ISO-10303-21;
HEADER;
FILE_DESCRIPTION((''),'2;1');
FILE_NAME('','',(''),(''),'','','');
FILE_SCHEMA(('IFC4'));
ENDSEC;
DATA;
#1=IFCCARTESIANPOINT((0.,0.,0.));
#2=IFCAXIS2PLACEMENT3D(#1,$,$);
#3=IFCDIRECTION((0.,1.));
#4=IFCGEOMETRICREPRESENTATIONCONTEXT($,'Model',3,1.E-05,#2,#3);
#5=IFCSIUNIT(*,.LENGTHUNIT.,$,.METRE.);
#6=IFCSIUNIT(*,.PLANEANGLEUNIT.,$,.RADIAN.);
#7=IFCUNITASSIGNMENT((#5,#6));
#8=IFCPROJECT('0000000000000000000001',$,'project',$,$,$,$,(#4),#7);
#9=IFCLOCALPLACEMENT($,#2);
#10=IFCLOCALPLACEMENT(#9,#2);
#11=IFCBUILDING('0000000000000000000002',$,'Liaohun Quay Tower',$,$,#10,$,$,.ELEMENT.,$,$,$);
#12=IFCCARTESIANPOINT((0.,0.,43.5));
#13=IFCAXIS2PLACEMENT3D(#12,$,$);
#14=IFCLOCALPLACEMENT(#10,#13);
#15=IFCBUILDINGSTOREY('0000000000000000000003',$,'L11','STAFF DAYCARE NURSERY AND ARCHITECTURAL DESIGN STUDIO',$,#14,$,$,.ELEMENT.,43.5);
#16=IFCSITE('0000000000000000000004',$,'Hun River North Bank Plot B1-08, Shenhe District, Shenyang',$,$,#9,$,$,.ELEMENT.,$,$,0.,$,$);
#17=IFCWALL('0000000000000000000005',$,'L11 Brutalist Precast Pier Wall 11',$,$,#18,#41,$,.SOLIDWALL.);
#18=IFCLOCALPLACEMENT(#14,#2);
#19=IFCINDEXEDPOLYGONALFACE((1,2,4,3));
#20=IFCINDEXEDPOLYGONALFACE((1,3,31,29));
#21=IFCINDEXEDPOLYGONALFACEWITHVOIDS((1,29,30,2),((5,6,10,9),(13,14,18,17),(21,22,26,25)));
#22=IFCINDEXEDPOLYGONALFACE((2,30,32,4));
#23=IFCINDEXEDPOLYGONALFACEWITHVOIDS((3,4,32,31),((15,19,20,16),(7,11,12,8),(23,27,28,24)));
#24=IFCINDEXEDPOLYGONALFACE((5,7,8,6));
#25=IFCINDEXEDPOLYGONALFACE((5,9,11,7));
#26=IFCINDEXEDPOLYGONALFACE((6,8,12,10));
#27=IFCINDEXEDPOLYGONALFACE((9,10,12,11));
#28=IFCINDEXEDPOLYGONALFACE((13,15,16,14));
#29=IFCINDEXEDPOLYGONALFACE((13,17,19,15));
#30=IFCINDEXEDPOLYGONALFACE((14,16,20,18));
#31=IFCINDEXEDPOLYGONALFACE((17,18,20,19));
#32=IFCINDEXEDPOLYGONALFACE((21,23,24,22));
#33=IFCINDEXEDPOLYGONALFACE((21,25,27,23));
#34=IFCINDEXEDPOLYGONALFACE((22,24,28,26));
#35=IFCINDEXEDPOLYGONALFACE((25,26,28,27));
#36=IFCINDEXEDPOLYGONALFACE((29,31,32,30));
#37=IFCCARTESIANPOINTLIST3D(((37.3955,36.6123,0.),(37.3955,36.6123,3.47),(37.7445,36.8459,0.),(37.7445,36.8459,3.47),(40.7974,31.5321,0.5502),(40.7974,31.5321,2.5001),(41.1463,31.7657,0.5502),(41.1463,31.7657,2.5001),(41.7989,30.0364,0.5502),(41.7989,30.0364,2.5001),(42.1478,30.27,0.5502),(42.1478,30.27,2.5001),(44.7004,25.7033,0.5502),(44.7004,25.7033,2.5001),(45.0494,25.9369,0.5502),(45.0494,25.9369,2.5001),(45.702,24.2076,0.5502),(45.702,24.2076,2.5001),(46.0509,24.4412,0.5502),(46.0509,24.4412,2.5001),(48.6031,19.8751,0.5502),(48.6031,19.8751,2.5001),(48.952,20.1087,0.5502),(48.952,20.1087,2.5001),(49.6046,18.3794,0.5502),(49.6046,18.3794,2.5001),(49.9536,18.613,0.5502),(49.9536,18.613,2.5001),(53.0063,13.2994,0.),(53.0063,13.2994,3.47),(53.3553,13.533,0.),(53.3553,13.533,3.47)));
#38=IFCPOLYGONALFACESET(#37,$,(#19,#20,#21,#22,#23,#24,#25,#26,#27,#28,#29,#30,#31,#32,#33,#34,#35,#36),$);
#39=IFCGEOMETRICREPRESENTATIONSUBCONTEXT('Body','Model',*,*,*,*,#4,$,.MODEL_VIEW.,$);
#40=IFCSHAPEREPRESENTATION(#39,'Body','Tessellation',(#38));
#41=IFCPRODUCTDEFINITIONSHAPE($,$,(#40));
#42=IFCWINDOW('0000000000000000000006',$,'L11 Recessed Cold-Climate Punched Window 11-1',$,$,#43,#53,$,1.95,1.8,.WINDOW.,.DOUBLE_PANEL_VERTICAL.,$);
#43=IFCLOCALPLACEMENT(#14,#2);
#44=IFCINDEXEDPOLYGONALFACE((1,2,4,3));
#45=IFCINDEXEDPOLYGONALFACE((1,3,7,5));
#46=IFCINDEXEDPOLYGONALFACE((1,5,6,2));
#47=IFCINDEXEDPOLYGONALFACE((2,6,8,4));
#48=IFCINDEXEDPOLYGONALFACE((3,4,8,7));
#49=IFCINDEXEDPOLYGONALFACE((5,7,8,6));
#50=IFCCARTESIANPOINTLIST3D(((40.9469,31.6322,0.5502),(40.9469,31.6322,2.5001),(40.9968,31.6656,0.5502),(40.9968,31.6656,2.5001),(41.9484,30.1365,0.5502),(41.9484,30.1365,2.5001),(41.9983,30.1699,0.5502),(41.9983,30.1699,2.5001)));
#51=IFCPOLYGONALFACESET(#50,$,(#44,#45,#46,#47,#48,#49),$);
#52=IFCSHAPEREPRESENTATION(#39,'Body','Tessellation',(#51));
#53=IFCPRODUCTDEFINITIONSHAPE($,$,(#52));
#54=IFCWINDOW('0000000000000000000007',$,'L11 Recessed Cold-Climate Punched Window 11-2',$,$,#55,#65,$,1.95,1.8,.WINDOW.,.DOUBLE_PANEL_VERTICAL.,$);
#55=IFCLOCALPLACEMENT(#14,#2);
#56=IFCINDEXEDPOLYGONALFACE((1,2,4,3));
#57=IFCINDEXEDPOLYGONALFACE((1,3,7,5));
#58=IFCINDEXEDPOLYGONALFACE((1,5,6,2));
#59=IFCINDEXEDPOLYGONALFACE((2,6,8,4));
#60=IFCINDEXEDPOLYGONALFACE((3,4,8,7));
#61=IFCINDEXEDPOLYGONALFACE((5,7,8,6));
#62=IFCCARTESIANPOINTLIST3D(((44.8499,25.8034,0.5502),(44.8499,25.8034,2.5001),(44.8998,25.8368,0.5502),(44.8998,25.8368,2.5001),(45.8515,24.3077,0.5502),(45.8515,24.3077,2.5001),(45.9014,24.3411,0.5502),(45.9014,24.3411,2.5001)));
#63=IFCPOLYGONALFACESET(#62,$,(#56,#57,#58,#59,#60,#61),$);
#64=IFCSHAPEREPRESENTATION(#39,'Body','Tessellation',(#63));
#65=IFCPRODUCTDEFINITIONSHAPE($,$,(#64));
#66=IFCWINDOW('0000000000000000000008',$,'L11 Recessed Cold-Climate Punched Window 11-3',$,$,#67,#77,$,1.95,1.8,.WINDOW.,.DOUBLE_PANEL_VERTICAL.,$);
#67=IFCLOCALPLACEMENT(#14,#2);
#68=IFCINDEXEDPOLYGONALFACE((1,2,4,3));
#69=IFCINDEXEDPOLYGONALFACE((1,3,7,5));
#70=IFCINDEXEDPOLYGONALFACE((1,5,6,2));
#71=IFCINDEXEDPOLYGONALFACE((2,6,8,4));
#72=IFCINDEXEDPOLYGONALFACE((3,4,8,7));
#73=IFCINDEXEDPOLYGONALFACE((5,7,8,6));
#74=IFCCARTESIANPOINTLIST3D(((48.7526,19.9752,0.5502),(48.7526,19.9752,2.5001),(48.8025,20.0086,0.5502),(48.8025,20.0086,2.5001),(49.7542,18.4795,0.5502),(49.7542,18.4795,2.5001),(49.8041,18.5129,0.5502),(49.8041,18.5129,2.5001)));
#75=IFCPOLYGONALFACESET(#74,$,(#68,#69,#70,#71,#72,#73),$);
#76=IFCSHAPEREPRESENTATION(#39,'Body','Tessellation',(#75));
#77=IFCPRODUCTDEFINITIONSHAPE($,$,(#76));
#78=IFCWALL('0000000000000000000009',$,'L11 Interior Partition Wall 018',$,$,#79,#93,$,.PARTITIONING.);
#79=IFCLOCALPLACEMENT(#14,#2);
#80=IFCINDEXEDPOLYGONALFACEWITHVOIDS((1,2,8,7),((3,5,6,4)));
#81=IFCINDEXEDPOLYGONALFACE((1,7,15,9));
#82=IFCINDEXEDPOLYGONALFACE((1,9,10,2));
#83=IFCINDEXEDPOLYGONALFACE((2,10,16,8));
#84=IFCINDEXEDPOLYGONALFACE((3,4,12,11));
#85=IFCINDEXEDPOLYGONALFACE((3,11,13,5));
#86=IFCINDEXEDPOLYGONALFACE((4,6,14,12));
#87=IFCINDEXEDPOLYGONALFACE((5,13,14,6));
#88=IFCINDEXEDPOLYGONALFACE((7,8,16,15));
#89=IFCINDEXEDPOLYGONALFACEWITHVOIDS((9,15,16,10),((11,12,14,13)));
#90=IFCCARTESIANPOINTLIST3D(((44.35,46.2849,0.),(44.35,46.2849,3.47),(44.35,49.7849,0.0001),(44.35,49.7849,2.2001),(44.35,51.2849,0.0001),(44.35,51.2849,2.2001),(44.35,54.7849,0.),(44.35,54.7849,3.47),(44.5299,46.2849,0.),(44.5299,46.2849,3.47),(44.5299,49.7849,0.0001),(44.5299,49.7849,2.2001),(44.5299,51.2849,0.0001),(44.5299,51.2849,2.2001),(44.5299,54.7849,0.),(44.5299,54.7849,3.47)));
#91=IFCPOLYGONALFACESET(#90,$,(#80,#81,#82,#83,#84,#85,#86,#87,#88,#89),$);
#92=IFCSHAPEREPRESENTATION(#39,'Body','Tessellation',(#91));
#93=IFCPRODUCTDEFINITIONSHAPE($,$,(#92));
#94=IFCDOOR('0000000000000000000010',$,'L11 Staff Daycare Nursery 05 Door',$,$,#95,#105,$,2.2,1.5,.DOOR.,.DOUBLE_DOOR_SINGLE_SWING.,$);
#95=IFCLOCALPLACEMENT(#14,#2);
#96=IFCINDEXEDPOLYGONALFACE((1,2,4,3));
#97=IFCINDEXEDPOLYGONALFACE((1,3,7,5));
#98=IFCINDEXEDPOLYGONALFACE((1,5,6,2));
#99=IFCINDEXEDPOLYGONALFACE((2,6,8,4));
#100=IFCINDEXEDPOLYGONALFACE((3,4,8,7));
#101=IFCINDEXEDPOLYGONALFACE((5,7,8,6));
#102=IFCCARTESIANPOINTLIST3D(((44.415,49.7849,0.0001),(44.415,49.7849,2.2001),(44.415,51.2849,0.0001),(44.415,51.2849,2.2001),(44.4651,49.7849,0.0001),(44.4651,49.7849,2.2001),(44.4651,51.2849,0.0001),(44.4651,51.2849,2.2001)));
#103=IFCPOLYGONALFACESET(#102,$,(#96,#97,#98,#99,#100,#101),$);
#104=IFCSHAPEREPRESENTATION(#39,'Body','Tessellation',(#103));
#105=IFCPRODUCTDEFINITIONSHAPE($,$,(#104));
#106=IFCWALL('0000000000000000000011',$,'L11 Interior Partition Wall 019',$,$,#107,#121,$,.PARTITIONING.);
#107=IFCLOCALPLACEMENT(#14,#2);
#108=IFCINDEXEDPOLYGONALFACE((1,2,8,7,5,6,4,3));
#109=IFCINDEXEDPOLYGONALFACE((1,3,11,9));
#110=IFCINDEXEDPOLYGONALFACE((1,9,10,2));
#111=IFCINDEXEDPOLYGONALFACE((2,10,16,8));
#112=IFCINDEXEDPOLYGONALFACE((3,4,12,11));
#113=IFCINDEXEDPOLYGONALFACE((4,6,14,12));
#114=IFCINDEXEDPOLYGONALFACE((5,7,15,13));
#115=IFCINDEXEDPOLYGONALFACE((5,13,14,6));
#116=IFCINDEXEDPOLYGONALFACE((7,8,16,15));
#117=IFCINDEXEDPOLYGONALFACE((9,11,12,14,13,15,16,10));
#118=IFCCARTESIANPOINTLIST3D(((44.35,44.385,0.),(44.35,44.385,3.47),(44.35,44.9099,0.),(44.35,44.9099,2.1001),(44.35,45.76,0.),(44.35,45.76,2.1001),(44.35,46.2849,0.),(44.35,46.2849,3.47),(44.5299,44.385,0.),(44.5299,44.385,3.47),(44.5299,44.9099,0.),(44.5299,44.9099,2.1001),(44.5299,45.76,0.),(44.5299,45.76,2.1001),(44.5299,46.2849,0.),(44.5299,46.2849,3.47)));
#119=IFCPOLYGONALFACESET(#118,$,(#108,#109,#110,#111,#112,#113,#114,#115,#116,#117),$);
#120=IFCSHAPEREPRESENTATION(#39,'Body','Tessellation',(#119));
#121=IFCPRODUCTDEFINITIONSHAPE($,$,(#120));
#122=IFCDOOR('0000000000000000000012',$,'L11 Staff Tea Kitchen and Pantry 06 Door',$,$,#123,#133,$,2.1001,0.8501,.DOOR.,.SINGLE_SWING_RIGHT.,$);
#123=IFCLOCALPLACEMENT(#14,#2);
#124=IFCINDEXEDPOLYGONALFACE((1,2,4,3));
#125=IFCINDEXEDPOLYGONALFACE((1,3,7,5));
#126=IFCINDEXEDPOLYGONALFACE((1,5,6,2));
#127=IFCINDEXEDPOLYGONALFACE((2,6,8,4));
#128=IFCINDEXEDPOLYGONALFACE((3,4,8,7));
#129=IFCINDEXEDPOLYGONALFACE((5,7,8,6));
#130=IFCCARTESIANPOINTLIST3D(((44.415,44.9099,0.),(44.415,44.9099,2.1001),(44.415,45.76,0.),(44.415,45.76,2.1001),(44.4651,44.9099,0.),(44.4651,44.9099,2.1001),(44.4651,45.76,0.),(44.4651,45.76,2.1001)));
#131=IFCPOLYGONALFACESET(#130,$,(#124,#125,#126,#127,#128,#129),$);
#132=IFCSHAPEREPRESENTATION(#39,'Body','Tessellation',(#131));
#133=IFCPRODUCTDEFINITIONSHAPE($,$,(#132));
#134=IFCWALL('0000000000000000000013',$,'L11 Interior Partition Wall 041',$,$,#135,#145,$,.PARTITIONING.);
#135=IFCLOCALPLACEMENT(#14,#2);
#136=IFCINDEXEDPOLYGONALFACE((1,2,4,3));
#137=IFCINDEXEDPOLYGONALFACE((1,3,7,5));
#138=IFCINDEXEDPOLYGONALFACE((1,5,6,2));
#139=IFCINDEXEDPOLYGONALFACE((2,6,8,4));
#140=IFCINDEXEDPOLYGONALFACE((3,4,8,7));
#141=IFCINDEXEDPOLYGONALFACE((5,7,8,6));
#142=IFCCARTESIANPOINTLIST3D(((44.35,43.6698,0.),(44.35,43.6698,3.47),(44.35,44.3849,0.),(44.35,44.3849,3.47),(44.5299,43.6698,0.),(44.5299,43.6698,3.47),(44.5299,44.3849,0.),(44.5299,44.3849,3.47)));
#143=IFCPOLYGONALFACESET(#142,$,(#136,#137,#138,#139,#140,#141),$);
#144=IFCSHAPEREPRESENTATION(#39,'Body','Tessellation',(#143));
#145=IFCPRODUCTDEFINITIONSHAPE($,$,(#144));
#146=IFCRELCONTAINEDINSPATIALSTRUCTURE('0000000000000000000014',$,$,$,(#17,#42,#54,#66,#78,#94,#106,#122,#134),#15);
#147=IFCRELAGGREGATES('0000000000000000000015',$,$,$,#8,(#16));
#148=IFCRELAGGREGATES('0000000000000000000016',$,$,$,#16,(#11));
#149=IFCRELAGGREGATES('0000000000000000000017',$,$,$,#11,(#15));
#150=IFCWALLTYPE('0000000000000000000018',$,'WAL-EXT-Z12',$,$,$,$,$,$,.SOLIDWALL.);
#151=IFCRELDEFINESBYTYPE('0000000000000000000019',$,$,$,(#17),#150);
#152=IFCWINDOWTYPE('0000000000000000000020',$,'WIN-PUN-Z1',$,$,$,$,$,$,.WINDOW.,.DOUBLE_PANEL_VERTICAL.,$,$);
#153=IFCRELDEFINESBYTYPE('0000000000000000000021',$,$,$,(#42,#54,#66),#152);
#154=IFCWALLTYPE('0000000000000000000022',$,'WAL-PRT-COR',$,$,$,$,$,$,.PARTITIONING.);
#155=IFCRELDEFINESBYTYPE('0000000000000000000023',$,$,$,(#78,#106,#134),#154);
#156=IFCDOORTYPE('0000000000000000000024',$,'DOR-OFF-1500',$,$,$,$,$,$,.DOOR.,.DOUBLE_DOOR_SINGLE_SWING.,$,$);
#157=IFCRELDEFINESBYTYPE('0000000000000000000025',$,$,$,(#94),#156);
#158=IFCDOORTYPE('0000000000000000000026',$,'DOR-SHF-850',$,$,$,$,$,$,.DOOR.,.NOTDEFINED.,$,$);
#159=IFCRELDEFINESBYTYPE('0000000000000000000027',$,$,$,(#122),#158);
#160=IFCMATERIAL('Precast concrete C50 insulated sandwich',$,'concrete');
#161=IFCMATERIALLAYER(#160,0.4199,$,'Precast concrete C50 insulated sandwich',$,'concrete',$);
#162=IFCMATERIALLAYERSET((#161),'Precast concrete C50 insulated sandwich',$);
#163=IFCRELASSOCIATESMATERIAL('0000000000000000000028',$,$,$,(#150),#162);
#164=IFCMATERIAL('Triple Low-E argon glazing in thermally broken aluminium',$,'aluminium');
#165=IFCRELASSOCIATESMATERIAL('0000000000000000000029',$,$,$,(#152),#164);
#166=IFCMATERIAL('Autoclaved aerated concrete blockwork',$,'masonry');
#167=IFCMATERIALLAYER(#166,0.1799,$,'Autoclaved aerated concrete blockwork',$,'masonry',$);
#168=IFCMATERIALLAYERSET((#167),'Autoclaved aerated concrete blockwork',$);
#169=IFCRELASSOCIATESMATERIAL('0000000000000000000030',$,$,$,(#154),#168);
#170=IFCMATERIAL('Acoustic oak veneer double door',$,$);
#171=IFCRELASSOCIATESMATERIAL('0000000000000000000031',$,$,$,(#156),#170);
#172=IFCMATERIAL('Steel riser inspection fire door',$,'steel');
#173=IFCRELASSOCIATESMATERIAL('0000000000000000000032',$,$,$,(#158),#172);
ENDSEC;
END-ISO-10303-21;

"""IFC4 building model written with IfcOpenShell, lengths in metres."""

from ifc_helpers import new_model, si_unit, direction, frame, frame_2d, origin, place, context, subcontext, project, spatial, rectangle, extrude, source, transform, mapped, material, layer, layer_set, type_object, element, fill, save


model = new_model("IFC4")

# Units and contexts
model_context = context("Model", 3, precision=1e-05, world=origin(), true_north=direction((0.0, 1.0)))
body_context = subcontext(model_context, "Body", "Model", "MODEL_VIEW")
ifc_project = project(units=[si_unit("LENGTHUNIT", "METRE"), si_unit("PLANEANGLEUNIT", "RADIAN")], contexts=[model_context])

# Site, building, storey
site_placement = place(None, origin())
site = spatial("IfcSite", under=ifc_project, at=site_placement, Name="Hun River North Bank Plot B1-08, Shenhe District, Shenyang", CompositionType="ELEMENT", RefElevation=0.0)
building_placement = place(site_placement, origin())
building = spatial("IfcBuilding", under=site, at=building_placement, Name="Liaohun Quay Tower", CompositionType="ELEMENT")
storey_placement = place(building_placement, frame((0.0, 0.0, 43.5)))
storey = spatial("IfcBuildingStorey", under=building, at=storey_placement, Name="L11", Description="STAFF DAYCARE NURSERY AND ARCHITECTURAL DESIGN STUDIO", CompositionType="ELEMENT", Elevation=43.5)

# Wall, openings, windows
ifc_material_1 = material(Name="Precast concrete C50 insulated sandwich", Category="concrete")
ifc_layer_1 = layer(ifc_material_1, 0.4199, Name="Precast concrete C50 insulated sandwich", Category="concrete")
ifc_layer_set_1 = layer_set([ifc_layer_1], Name="Precast concrete C50 insulated sandwich")
wall_type_1 = type_object("IfcWallType", Name="WAL-EXT-Z12", PredefinedType="SOLIDWALL", material=ifc_layer_set_1)
wall_1_placement = place(storey_placement, frame((37.5701, 36.729, 0.0), z_axis=(0.0, 0.0, 1.0), x_axis=(0.556398, -0.830916, 0.0)))
wall_1 = element("IfcWall", 1, at=wall_1_placement, inside=storey, type_object=wall_type_1, Name="L11 Brutalist Precast Pier Wall 11", PredefinedType="SOLIDWALL", context=body_context, shape_type="SweptSolid", body=[
    extrude(rectangle(XDim=28.0569, YDim=0.4199, at=frame_2d((14.0283, 0.0))), origin(), (0.0, 0.0, 1.0), 3.47),
])
shared_shape_1 = source(origin(), body_context, "Body", "SweptSolid", [
    extrude(rectangle(XDim=1.8, YDim=1.95, at=frame_2d((0.8999, 0.9751))), frame((0.0, 0.22, 0.0), z_axis=(0.0, -1.0, 0.0), x_axis=(1.0, 0.0, 0.0)), (0.0, 0.0, 1.0), 0.4399),
])
opening_1_placement = place(wall_1_placement, frame((6.114, 0.0, 0.55)))
opening_1 = element("IfcOpeningElement", 2, at=opening_1_placement, cuts=wall_1, PredefinedType="OPENING", context=body_context, shape_type="MappedRepresentation", body=[
    mapped(shared_shape_1, transform((0.0, 0.0, 0.0), x_axis=(1.0, 0.0, 0.0), y_axis=(0.0, 1.0, 0.0), z_axis=(0.0, 0.0, 1.0), scale=1.0)),
])
opening_2_placement = place(wall_1_placement, frame((13.1289, 0.0, 0.55)))
opening_2 = element("IfcOpeningElement", 3, at=opening_2_placement, cuts=wall_1, PredefinedType="OPENING", context=body_context, shape_type="MappedRepresentation", body=[
    mapped(shared_shape_1, transform((0.0, 0.0, 0.0), x_axis=(1.0, 0.0, 0.0), y_axis=(0.0, 1.0, 0.0), z_axis=(0.0, 0.0, 1.0), scale=1.0)),
])
opening_3_placement = place(wall_1_placement, frame((20.1431, 0.0, 0.55)))
opening_3 = element("IfcOpeningElement", 4, at=opening_3_placement, cuts=wall_1, PredefinedType="OPENING", context=body_context, shape_type="MappedRepresentation", body=[
    mapped(shared_shape_1, transform((0.0, 0.0, 0.0), x_axis=(1.0, 0.0, 0.0), y_axis=(0.0, 1.0, 0.0), z_axis=(0.0, 0.0, 1.0), scale=1.0)),
])
ifc_material_2 = material(Name="Triple Low-E argon glazing in thermally broken aluminium", Category="aluminium")
window_type = type_object("IfcWindowType", Name="WIN-PUN-Z1", PartitioningType="DOUBLE_PANEL_VERTICAL", PredefinedType="WINDOW", material=ifc_material_2)
shared_shape_2 = source(origin(), body_context, "Body", "SweptSolid", [
    extrude(rectangle(XDim=1.8, YDim=1.95, at=frame_2d((0.8999, 0.9751))), frame((0.0, 0.03, 0.0), z_axis=(0.0, -1.0, 0.0), x_axis=(1.0, 0.0, 0.0)), (0.0, 0.0, 1.0), 0.0601),
])
window_1_placement = place(opening_1_placement, origin())
window_1 = element("IfcWindow", 5, at=window_1_placement, inside=storey, type_object=window_type, Name="L11 Recessed Cold-Climate Punched Window 11-1", OverallHeight=1.95, OverallWidth=1.8, PartitioningType="DOUBLE_PANEL_VERTICAL", PredefinedType="WINDOW", context=body_context, shape_type="MappedRepresentation", body=[
    mapped(shared_shape_2, transform((0.0, 0.0, 0.0), x_axis=(1.0, 0.0, 0.0), y_axis=(0.0, 1.0, 0.0), z_axis=(0.0, 0.0, 1.0), scale=1.0)),
])
fill(opening_1, window_1)
window_2_placement = place(opening_2_placement, origin())
window_2 = element("IfcWindow", 6, at=window_2_placement, inside=storey, type_object=window_type, Name="L11 Recessed Cold-Climate Punched Window 11-2", OverallHeight=1.95, OverallWidth=1.8, PartitioningType="DOUBLE_PANEL_VERTICAL", PredefinedType="WINDOW", context=body_context, shape_type="MappedRepresentation", body=[
    mapped(shared_shape_2, transform((0.0, 0.0, 0.0), x_axis=(1.0, 0.0, 0.0), y_axis=(0.0, 1.0, 0.0), z_axis=(0.0, 0.0, 1.0), scale=1.0)),
])
fill(opening_2, window_2)
window_3_placement = place(opening_3_placement, origin())
window_3 = element("IfcWindow", 7, at=window_3_placement, inside=storey, type_object=window_type, Name="L11 Recessed Cold-Climate Punched Window 11-3", OverallHeight=1.95, OverallWidth=1.8, PartitioningType="DOUBLE_PANEL_VERTICAL", PredefinedType="WINDOW", context=body_context, shape_type="MappedRepresentation", body=[
    mapped(shared_shape_2, transform((0.0, 0.0, 0.0), x_axis=(1.0, 0.0, 0.0), y_axis=(0.0, 1.0, 0.0), z_axis=(0.0, 0.0, 1.0), scale=1.0)),
])
fill(opening_3, window_3)

# Walls, openings, doors
ifc_material_3 = material(Name="Autoclaved aerated concrete blockwork", Category="masonry")
ifc_layer_2 = layer(ifc_material_3, 0.1799, Name="Autoclaved aerated concrete blockwork", Category="masonry")
ifc_layer_set_2 = layer_set([ifc_layer_2], Name="Autoclaved aerated concrete blockwork")
wall_type_2 = type_object("IfcWallType", Name="WAL-PRT-COR", PredefinedType="PARTITIONING", material=ifc_layer_set_2)
wall_2_placement = place(storey_placement, frame((44.4399, 46.2849, 0.0), z_axis=(0.0, 0.0, 1.0), x_axis=(0.0, 1.0, 0.0)))
wall_2 = element("IfcWall", 8, at=wall_2_placement, inside=storey, type_object=wall_type_2, Name="L11 Interior Partition Wall 018", PredefinedType="PARTITIONING", context=body_context, shape_type="SweptSolid", body=[
    extrude(rectangle(XDim=8.5, YDim=0.1799, at=frame_2d((4.25, 0.0))), origin(), (0.0, 0.0, 1.0), 3.47),
])
shared_shape_3 = source(origin(), body_context, "Body", "SweptSolid", [
    extrude(rectangle(XDim=1.5, YDim=2.2, at=frame_2d((0.75, 1.1001))), frame((0.0, 0.0999, 0.0), z_axis=(0.0, -1.0, 0.0), x_axis=(1.0, 0.0, 0.0)), (0.0, 0.0, 1.0), 0.2),
])
opening_4_placement = place(wall_2_placement, frame((3.5, 0.0, 0.0)))
opening_4 = element("IfcOpeningElement", 9, at=opening_4_placement, cuts=wall_2, PredefinedType="OPENING", context=body_context, shape_type="MappedRepresentation", body=[
    mapped(shared_shape_3, transform((0.0, 0.0, 0.0), x_axis=(1.0, 0.0, 0.0), y_axis=(0.0, 1.0, 0.0), z_axis=(0.0, 0.0, 1.0), scale=1.0)),
])
ifc_material_4 = material(Name="Acoustic oak veneer double door")
door_type_1 = type_object("IfcDoorType", Name="DOR-OFF-1500", OperationType="DOUBLE_DOOR_SINGLE_SWING", PredefinedType="DOOR", material=ifc_material_4)
shared_shape_4 = source(origin(), body_context, "Body", "SweptSolid", [
    extrude(rectangle(XDim=1.5, YDim=2.2, at=frame_2d((0.75, 1.1001))), frame((0.0, 0.0249, 0.0), z_axis=(0.0, -1.0, 0.0), x_axis=(1.0, 0.0, 0.0)), (0.0, 0.0, 1.0), 0.05),
])
door_1_placement = place(opening_4_placement, origin())
door_1 = element("IfcDoor", 10, at=door_1_placement, inside=storey, type_object=door_type_1, Name="L11 Staff Daycare Nursery 05 Door", OperationType="DOUBLE_DOOR_SINGLE_SWING", OverallHeight=2.2, OverallWidth=1.5, PredefinedType="DOOR", context=body_context, shape_type="MappedRepresentation", body=[
    mapped(shared_shape_4, transform((0.0, 0.0, 0.0), x_axis=(1.0, 0.0, 0.0), y_axis=(0.0, 1.0, 0.0), z_axis=(0.0, 0.0, 1.0), scale=1.0)),
])
fill(opening_4, door_1)
wall_3_placement = place(storey_placement, frame((44.4399, 44.385, 0.0), z_axis=(0.0, 0.0, 1.0), x_axis=(0.0, 1.0, 0.0)))
wall_3 = element("IfcWall", 11, at=wall_3_placement, inside=storey, type_object=wall_type_2, Name="L11 Interior Partition Wall 019", PredefinedType="PARTITIONING", context=body_context, shape_type="SweptSolid", body=[
    extrude(rectangle(XDim=1.8999, YDim=0.1799, at=frame_2d((0.95, 0.0))), origin(), (0.0, 0.0, 1.0), 3.47),
])
shared_shape_5 = source(origin(), body_context, "Body", "SweptSolid", [
    extrude(rectangle(XDim=0.8501, YDim=2.1001, at=frame_2d((0.425, 1.05))), frame((0.0, 0.0999, 0.0), z_axis=(0.0, -1.0, 0.0), x_axis=(1.0, 0.0, 0.0)), (0.0, 0.0, 1.0), 0.2),
])
opening_5_placement = place(wall_3_placement, frame((0.5249, 0.0, 0.0)))
opening_5 = element("IfcOpeningElement", 12, at=opening_5_placement, cuts=wall_3, PredefinedType="OPENING", context=body_context, shape_type="MappedRepresentation", body=[
    mapped(shared_shape_5, transform((0.0, 0.0, 0.0), x_axis=(1.0, 0.0, 0.0), y_axis=(0.0, 1.0, 0.0), z_axis=(0.0, 0.0, 1.0), scale=1.0)),
])
ifc_material_5 = material(Name="Steel riser inspection fire door", Category="steel")
door_type_2 = type_object("IfcDoorType", Name="DOR-SHF-850", OperationType="NOTDEFINED", PredefinedType="DOOR", material=ifc_material_5)
shared_shape_6 = source(origin(), body_context, "Body", "SweptSolid", [
    extrude(rectangle(XDim=0.8501, YDim=2.1001, at=frame_2d((0.425, 1.05))), frame((0.0, 0.0249, 0.0), z_axis=(0.0, -1.0, 0.0), x_axis=(1.0, 0.0, 0.0)), (0.0, 0.0, 1.0), 0.05),
])
door_2_placement = place(opening_5_placement, origin())
door_2 = element("IfcDoor", 13, at=door_2_placement, inside=storey, type_object=door_type_2, Name="L11 Staff Tea Kitchen and Pantry 06 Door", OperationType="SINGLE_SWING_RIGHT", OverallHeight=2.1001, OverallWidth=0.8501, PredefinedType="DOOR", context=body_context, shape_type="MappedRepresentation", body=[
    mapped(shared_shape_6, transform((0.0, 0.0, 0.0), x_axis=(1.0, 0.0, 0.0), y_axis=(0.0, 1.0, 0.0), z_axis=(0.0, 0.0, 1.0), scale=1.0)),
])
fill(opening_5, door_2)

# Wall
wall_4_placement = place(storey_placement, frame((44.4399, 43.6699, 0.0), z_axis=(0.0, 0.0, 1.0), x_axis=(0.0, 1.0, 0.0)))
element("IfcWall", 14, at=wall_4_placement, inside=storey, type_object=wall_type_2, Name="L11 Interior Partition Wall 041", PredefinedType="PARTITIONING", context=body_context, shape_type="SweptSolid", body=[
    extrude(rectangle(XDim=0.7151, YDim=0.1799, at=frame_2d((0.3574, 0.0))), origin(), (0.0, 0.0, 1.0), 3.47),
])

save(model, "model.ifc")
